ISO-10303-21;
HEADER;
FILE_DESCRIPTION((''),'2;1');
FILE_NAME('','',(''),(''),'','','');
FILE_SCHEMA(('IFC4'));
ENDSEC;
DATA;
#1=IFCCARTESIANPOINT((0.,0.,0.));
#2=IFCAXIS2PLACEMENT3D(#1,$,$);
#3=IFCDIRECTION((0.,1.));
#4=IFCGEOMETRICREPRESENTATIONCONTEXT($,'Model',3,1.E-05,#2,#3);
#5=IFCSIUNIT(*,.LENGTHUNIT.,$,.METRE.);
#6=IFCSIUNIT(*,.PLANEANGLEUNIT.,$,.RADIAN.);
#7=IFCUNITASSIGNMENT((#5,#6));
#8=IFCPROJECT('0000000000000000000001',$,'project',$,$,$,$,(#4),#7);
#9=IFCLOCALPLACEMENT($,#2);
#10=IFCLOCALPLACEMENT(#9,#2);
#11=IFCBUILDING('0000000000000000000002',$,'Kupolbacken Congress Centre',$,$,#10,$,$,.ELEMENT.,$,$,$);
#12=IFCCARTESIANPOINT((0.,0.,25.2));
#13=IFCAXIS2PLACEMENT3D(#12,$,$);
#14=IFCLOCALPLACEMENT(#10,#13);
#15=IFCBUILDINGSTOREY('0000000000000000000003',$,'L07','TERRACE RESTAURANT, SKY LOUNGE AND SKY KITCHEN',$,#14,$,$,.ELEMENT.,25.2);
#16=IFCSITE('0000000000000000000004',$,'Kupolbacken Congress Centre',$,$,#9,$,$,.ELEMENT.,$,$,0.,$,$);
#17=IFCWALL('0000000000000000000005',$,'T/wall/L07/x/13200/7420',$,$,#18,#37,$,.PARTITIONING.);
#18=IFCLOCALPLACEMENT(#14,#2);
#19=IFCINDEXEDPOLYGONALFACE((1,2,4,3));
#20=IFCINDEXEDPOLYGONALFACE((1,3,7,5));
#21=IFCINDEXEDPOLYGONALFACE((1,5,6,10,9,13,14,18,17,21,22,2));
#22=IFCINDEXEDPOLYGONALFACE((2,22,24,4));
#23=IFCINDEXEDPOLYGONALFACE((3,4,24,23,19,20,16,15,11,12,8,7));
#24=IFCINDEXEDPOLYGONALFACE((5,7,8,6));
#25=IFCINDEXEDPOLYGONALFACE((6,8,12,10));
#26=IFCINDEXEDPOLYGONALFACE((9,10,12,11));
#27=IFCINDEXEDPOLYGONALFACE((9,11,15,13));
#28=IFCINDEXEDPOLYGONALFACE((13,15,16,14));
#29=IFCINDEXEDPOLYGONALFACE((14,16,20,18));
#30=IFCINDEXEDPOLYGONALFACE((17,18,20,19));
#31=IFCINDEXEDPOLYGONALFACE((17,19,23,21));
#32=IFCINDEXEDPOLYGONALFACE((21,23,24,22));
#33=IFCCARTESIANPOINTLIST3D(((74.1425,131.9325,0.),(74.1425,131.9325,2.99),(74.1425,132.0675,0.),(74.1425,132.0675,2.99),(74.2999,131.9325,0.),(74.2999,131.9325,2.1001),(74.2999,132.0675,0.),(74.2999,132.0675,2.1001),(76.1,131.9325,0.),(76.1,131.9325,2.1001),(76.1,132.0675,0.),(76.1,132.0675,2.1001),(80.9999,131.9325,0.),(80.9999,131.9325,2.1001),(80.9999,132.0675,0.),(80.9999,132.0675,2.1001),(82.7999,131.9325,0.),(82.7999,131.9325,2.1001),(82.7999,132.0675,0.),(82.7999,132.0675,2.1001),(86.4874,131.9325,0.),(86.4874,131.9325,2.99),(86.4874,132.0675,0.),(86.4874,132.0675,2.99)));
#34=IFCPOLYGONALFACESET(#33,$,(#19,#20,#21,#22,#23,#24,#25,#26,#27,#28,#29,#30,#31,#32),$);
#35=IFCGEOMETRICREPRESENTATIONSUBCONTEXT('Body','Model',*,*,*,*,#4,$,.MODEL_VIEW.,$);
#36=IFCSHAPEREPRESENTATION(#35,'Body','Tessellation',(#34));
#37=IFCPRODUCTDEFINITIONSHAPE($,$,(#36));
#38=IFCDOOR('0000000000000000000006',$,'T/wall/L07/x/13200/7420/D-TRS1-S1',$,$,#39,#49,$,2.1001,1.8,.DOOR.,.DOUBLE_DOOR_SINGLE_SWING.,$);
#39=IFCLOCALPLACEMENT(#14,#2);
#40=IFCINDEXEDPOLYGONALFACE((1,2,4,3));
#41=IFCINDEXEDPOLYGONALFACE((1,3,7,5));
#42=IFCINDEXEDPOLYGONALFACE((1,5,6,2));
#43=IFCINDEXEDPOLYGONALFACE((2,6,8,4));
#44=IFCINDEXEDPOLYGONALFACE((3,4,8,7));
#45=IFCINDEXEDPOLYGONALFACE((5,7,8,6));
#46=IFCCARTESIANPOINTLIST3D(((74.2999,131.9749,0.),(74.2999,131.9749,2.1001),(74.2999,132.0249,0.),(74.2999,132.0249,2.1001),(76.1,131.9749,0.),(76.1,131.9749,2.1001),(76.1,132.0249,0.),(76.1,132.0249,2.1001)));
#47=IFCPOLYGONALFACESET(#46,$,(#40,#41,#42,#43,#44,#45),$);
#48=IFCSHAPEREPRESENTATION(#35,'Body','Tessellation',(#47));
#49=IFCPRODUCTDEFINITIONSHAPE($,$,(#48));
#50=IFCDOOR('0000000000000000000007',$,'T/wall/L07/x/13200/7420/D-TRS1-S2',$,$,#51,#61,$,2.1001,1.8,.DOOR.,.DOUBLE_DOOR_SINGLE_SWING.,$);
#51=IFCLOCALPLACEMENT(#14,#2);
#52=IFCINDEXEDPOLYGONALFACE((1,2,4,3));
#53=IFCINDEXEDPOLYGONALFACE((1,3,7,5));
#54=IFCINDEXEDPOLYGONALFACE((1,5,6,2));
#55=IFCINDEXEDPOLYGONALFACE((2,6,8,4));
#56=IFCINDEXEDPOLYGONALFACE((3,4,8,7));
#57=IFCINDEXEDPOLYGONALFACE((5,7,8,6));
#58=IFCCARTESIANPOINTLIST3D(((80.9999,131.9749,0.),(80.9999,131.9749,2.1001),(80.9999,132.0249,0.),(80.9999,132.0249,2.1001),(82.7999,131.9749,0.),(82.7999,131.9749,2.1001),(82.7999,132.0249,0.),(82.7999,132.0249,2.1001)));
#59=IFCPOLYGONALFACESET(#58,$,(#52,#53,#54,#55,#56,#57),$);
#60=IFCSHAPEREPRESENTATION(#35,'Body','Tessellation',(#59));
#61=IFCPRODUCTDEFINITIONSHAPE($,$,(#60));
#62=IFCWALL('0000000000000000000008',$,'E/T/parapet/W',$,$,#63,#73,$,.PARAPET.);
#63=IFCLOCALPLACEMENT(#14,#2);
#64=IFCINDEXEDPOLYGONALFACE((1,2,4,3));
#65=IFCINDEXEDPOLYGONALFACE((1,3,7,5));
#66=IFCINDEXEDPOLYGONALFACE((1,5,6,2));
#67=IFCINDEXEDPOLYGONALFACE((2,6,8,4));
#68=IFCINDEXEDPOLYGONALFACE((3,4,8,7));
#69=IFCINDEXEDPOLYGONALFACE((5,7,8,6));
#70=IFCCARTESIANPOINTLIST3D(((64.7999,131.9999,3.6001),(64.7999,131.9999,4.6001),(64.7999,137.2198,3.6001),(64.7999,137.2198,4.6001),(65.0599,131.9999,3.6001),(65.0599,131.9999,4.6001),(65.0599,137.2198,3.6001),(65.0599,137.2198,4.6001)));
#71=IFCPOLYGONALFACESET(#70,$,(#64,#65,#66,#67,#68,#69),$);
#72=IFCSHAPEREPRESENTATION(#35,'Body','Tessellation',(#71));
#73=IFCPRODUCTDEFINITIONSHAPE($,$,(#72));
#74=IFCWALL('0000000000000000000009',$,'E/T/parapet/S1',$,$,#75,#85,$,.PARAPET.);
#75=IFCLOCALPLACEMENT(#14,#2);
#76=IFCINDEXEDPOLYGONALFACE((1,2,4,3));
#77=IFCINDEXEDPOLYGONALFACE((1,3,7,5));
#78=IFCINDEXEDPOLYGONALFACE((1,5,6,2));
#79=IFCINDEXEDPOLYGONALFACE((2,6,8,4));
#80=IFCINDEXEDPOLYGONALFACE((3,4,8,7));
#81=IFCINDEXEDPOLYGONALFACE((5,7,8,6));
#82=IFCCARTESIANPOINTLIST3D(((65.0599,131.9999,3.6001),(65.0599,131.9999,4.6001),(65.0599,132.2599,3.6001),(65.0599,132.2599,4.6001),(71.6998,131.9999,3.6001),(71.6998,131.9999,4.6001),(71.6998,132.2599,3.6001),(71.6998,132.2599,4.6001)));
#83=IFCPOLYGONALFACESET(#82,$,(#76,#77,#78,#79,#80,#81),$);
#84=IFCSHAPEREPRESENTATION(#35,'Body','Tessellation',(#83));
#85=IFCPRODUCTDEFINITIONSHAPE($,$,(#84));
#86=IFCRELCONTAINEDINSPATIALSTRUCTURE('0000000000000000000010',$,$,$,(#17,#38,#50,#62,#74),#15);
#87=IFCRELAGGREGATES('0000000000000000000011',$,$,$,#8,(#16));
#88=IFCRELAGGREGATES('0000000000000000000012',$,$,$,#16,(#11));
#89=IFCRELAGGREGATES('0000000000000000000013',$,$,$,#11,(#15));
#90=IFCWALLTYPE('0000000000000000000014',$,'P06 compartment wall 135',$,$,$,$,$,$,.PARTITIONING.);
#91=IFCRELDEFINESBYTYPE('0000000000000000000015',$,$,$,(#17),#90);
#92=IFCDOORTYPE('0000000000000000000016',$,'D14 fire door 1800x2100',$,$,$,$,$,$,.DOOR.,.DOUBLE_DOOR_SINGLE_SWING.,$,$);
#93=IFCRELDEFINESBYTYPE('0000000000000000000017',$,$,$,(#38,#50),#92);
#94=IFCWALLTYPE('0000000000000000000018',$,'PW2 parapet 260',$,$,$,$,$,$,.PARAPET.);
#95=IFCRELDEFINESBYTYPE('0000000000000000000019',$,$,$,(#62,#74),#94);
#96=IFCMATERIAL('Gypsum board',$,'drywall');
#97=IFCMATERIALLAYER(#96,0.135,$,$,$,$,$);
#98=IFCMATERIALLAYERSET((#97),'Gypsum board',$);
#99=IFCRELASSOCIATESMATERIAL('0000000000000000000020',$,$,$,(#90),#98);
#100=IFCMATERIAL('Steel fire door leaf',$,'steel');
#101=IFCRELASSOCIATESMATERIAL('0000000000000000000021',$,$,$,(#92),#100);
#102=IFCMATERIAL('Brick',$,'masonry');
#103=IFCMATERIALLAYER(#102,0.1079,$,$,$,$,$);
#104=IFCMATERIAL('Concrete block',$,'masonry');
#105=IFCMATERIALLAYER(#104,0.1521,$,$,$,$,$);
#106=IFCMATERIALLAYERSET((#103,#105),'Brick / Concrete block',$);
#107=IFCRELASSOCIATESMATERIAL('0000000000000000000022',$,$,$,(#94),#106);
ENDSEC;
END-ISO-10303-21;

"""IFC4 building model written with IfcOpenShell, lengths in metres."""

from ifc_helpers import new_model, si_unit, direction, frame, frame_2d, origin, place, context, subcontext, project, spatial, rectangle, extrude, material, layer, layer_set, type_object, element, fill, save


model = new_model("IFC4")

# Units and contexts
model_context = context("Model", 3, precision=1e-05, world=origin(), true_north=direction((0.0, 1.0)))
body_context = subcontext(model_context, "Body", "Model", "MODEL_VIEW")
ifc_project = project(units=[si_unit("LENGTHUNIT", "METRE"), si_unit("PLANEANGLEUNIT", "RADIAN")], contexts=[model_context])

# Site, building, storey
site_placement = place(None, origin())
site = spatial("IfcSite", under=ifc_project, at=site_placement, Name="Kupolbacken Congress Centre", CompositionType="ELEMENT", RefElevation=0.0)
building_placement = place(site_placement, origin())
building = spatial("IfcBuilding", under=site, at=building_placement, Name="Kupolbacken Congress Centre", CompositionType="ELEMENT")
storey_placement = place(building_placement, frame((0.0, 0.0, 25.2)))
storey = spatial("IfcBuildingStorey", under=building, at=storey_placement, Name="L07", Description="TERRACE RESTAURANT, SKY LOUNGE AND SKY KITCHEN", CompositionType="ELEMENT", Elevation=25.2)

# Shared definitions
ifc_material_1 = material(Name="Gypsum board", Category="drywall")
ifc_layer_1 = layer(ifc_material_1, 0.135)
ifc_layer_set_1 = layer_set([ifc_layer_1], Name="Gypsum board")
wall_type_1 = type_object("IfcWallType", Name="P06 compartment wall 135", PredefinedType="PARTITIONING", material=ifc_layer_set_1)

# Wall, openings, doors
wall_1_placement = place(storey_placement, frame((74.1426, 132.0, 0.0), z_axis=(0.0, 0.0, 1.0), x_axis=(1.0, 0.0, 0.0)))
wall_1 = element("IfcWall", 1, at=wall_1_placement, inside=storey, type_object=wall_type_1, Name="T/wall/L07/x/13200/7420", PredefinedType="PARTITIONING", context=body_context, shape_type="SweptSolid", body=[
    extrude(rectangle(XDim=12.345, YDim=0.135, at=frame_2d((6.1724, 0.0))), origin(), (0.0, 0.0, 1.0), 2.99),
])
opening_1_placement = place(wall_1_placement, frame((0.1575, 0.0, 0.0)))
opening_1 = element("IfcOpeningElement", 2, at=opening_1_placement, cuts=wall_1, PredefinedType="OPENING", context=body_context, shape_type="SweptSolid", body=[
    extrude(rectangle(XDim=1.8, YDim=2.1001, at=frame_2d((0.8999, 1.05))), frame((0.0, 0.0774, 0.0), z_axis=(0.0, -1.0, 0.0), x_axis=(1.0, 0.0, 0.0)), (0.0, 0.0, 1.0), 0.155),
])
opening_2_placement = place(wall_1_placement, frame((6.8574, 0.0, 0.0)))
opening_2 = element("IfcOpeningElement", 3, at=opening_2_placement, cuts=wall_1, PredefinedType="OPENING", context=body_context, shape_type="SweptSolid", body=[
    extrude(rectangle(XDim=1.8, YDim=2.1001, at=frame_2d((0.8999, 1.05))), frame((0.0, 0.0774, 0.0), z_axis=(0.0, -1.0, 0.0), x_axis=(1.0, 0.0, 0.0)), (0.0, 0.0, 1.0), 0.155),
])
ifc_material_2 = material(Name="Steel fire door leaf", Category="steel")
door_type_1 = type_object("IfcDoorType", Name="D14 fire door 1800x2100", OperationType="DOUBLE_DOOR_SINGLE_SWING", PredefinedType="DOOR", material=ifc_material_2)
door_1_placement = place(opening_1_placement, origin())
door_1 = element("IfcDoor", 4, at=door_1_placement, inside=storey, type_object=door_type_1, Name="T/wall/L07/x/13200/7420/D-TRS1-S1", OperationType="DOUBLE_DOOR_SINGLE_SWING", OverallHeight=2.1001, OverallWidth=1.8, PredefinedType="DOOR", context=body_context, shape_type="SweptSolid", body=[
    extrude(rectangle(XDim=1.8, YDim=2.1001, at=frame_2d((0.8999, 1.05))), frame((0.0, 0.0249, 0.0), z_axis=(0.0, -1.0, 0.0), x_axis=(1.0, 0.0, 0.0)), (0.0, 0.0, 1.0), 0.05),
])
fill(opening_1, door_1)
door_2_placement = place(opening_2_placement, origin())
door_2 = element("IfcDoor", 5, at=door_2_placement, inside=storey, type_object=door_type_1, Name="T/wall/L07/x/13200/7420/D-TRS1-S2", OperationType="DOUBLE_DOOR_SINGLE_SWING", OverallHeight=2.1001, OverallWidth=1.8, PredefinedType="DOOR", context=body_context, shape_type="SweptSolid", body=[
    extrude(rectangle(XDim=1.8, YDim=2.1001, at=frame_2d((0.8999, 1.05))), frame((0.0, 0.0249, 0.0), z_axis=(0.0, -1.0, 0.0), x_axis=(1.0, 0.0, 0.0)), (0.0, 0.0, 1.0), 0.05),
])
fill(opening_2, door_2)

# Walls
ifc_material_3 = material(Name="Brick", Category="masonry")
ifc_layer_2 = layer(ifc_material_3, 0.1079)
ifc_material_4 = material(Name="Concrete block", Category="masonry")
ifc_layer_3 = layer(ifc_material_4, 0.1521)
ifc_layer_set_2 = layer_set([ifc_layer_2, ifc_layer_3], Name="Brick / Concrete block")
wall_type_2 = type_object("IfcWallType", Name="PW2 parapet 260", PredefinedType="PARAPET", material=ifc_layer_set_2)
wall_2_placement = place(storey_placement, frame((64.9299, 132.0, 3.6001), z_axis=(0.0, 0.0, 1.0), x_axis=(0.0, 1.0, 0.0)))
element("IfcWall", 6, at=wall_2_placement, inside=storey, type_object=wall_type_2, Name="E/T/parapet/W", PredefinedType="PARAPET", context=body_context, shape_type="SweptSolid", body=[
    extrude(rectangle(XDim=5.22, YDim=0.26, at=frame_2d((2.6099, 0.0))), origin(), (0.0, 0.0, 1.0), 1.0),
])
wall_3_placement = place(storey_placement, frame((65.0601, 132.1299, 3.6001), z_axis=(0.0, 0.0, 1.0), x_axis=(1.0, 0.0, 0.0)))
element("IfcWall", 7, at=wall_3_placement, inside=storey, type_object=wall_type_2, Name="E/T/parapet/S1", PredefinedType="PARAPET", context=body_context, shape_type="SweptSolid", body=[
    extrude(rectangle(XDim=6.6399, YDim=0.26, at=frame_2d((3.3198, 0.0))), origin(), (0.0, 0.0, 1.0), 1.0),
])

save(model, "model.ifc")
